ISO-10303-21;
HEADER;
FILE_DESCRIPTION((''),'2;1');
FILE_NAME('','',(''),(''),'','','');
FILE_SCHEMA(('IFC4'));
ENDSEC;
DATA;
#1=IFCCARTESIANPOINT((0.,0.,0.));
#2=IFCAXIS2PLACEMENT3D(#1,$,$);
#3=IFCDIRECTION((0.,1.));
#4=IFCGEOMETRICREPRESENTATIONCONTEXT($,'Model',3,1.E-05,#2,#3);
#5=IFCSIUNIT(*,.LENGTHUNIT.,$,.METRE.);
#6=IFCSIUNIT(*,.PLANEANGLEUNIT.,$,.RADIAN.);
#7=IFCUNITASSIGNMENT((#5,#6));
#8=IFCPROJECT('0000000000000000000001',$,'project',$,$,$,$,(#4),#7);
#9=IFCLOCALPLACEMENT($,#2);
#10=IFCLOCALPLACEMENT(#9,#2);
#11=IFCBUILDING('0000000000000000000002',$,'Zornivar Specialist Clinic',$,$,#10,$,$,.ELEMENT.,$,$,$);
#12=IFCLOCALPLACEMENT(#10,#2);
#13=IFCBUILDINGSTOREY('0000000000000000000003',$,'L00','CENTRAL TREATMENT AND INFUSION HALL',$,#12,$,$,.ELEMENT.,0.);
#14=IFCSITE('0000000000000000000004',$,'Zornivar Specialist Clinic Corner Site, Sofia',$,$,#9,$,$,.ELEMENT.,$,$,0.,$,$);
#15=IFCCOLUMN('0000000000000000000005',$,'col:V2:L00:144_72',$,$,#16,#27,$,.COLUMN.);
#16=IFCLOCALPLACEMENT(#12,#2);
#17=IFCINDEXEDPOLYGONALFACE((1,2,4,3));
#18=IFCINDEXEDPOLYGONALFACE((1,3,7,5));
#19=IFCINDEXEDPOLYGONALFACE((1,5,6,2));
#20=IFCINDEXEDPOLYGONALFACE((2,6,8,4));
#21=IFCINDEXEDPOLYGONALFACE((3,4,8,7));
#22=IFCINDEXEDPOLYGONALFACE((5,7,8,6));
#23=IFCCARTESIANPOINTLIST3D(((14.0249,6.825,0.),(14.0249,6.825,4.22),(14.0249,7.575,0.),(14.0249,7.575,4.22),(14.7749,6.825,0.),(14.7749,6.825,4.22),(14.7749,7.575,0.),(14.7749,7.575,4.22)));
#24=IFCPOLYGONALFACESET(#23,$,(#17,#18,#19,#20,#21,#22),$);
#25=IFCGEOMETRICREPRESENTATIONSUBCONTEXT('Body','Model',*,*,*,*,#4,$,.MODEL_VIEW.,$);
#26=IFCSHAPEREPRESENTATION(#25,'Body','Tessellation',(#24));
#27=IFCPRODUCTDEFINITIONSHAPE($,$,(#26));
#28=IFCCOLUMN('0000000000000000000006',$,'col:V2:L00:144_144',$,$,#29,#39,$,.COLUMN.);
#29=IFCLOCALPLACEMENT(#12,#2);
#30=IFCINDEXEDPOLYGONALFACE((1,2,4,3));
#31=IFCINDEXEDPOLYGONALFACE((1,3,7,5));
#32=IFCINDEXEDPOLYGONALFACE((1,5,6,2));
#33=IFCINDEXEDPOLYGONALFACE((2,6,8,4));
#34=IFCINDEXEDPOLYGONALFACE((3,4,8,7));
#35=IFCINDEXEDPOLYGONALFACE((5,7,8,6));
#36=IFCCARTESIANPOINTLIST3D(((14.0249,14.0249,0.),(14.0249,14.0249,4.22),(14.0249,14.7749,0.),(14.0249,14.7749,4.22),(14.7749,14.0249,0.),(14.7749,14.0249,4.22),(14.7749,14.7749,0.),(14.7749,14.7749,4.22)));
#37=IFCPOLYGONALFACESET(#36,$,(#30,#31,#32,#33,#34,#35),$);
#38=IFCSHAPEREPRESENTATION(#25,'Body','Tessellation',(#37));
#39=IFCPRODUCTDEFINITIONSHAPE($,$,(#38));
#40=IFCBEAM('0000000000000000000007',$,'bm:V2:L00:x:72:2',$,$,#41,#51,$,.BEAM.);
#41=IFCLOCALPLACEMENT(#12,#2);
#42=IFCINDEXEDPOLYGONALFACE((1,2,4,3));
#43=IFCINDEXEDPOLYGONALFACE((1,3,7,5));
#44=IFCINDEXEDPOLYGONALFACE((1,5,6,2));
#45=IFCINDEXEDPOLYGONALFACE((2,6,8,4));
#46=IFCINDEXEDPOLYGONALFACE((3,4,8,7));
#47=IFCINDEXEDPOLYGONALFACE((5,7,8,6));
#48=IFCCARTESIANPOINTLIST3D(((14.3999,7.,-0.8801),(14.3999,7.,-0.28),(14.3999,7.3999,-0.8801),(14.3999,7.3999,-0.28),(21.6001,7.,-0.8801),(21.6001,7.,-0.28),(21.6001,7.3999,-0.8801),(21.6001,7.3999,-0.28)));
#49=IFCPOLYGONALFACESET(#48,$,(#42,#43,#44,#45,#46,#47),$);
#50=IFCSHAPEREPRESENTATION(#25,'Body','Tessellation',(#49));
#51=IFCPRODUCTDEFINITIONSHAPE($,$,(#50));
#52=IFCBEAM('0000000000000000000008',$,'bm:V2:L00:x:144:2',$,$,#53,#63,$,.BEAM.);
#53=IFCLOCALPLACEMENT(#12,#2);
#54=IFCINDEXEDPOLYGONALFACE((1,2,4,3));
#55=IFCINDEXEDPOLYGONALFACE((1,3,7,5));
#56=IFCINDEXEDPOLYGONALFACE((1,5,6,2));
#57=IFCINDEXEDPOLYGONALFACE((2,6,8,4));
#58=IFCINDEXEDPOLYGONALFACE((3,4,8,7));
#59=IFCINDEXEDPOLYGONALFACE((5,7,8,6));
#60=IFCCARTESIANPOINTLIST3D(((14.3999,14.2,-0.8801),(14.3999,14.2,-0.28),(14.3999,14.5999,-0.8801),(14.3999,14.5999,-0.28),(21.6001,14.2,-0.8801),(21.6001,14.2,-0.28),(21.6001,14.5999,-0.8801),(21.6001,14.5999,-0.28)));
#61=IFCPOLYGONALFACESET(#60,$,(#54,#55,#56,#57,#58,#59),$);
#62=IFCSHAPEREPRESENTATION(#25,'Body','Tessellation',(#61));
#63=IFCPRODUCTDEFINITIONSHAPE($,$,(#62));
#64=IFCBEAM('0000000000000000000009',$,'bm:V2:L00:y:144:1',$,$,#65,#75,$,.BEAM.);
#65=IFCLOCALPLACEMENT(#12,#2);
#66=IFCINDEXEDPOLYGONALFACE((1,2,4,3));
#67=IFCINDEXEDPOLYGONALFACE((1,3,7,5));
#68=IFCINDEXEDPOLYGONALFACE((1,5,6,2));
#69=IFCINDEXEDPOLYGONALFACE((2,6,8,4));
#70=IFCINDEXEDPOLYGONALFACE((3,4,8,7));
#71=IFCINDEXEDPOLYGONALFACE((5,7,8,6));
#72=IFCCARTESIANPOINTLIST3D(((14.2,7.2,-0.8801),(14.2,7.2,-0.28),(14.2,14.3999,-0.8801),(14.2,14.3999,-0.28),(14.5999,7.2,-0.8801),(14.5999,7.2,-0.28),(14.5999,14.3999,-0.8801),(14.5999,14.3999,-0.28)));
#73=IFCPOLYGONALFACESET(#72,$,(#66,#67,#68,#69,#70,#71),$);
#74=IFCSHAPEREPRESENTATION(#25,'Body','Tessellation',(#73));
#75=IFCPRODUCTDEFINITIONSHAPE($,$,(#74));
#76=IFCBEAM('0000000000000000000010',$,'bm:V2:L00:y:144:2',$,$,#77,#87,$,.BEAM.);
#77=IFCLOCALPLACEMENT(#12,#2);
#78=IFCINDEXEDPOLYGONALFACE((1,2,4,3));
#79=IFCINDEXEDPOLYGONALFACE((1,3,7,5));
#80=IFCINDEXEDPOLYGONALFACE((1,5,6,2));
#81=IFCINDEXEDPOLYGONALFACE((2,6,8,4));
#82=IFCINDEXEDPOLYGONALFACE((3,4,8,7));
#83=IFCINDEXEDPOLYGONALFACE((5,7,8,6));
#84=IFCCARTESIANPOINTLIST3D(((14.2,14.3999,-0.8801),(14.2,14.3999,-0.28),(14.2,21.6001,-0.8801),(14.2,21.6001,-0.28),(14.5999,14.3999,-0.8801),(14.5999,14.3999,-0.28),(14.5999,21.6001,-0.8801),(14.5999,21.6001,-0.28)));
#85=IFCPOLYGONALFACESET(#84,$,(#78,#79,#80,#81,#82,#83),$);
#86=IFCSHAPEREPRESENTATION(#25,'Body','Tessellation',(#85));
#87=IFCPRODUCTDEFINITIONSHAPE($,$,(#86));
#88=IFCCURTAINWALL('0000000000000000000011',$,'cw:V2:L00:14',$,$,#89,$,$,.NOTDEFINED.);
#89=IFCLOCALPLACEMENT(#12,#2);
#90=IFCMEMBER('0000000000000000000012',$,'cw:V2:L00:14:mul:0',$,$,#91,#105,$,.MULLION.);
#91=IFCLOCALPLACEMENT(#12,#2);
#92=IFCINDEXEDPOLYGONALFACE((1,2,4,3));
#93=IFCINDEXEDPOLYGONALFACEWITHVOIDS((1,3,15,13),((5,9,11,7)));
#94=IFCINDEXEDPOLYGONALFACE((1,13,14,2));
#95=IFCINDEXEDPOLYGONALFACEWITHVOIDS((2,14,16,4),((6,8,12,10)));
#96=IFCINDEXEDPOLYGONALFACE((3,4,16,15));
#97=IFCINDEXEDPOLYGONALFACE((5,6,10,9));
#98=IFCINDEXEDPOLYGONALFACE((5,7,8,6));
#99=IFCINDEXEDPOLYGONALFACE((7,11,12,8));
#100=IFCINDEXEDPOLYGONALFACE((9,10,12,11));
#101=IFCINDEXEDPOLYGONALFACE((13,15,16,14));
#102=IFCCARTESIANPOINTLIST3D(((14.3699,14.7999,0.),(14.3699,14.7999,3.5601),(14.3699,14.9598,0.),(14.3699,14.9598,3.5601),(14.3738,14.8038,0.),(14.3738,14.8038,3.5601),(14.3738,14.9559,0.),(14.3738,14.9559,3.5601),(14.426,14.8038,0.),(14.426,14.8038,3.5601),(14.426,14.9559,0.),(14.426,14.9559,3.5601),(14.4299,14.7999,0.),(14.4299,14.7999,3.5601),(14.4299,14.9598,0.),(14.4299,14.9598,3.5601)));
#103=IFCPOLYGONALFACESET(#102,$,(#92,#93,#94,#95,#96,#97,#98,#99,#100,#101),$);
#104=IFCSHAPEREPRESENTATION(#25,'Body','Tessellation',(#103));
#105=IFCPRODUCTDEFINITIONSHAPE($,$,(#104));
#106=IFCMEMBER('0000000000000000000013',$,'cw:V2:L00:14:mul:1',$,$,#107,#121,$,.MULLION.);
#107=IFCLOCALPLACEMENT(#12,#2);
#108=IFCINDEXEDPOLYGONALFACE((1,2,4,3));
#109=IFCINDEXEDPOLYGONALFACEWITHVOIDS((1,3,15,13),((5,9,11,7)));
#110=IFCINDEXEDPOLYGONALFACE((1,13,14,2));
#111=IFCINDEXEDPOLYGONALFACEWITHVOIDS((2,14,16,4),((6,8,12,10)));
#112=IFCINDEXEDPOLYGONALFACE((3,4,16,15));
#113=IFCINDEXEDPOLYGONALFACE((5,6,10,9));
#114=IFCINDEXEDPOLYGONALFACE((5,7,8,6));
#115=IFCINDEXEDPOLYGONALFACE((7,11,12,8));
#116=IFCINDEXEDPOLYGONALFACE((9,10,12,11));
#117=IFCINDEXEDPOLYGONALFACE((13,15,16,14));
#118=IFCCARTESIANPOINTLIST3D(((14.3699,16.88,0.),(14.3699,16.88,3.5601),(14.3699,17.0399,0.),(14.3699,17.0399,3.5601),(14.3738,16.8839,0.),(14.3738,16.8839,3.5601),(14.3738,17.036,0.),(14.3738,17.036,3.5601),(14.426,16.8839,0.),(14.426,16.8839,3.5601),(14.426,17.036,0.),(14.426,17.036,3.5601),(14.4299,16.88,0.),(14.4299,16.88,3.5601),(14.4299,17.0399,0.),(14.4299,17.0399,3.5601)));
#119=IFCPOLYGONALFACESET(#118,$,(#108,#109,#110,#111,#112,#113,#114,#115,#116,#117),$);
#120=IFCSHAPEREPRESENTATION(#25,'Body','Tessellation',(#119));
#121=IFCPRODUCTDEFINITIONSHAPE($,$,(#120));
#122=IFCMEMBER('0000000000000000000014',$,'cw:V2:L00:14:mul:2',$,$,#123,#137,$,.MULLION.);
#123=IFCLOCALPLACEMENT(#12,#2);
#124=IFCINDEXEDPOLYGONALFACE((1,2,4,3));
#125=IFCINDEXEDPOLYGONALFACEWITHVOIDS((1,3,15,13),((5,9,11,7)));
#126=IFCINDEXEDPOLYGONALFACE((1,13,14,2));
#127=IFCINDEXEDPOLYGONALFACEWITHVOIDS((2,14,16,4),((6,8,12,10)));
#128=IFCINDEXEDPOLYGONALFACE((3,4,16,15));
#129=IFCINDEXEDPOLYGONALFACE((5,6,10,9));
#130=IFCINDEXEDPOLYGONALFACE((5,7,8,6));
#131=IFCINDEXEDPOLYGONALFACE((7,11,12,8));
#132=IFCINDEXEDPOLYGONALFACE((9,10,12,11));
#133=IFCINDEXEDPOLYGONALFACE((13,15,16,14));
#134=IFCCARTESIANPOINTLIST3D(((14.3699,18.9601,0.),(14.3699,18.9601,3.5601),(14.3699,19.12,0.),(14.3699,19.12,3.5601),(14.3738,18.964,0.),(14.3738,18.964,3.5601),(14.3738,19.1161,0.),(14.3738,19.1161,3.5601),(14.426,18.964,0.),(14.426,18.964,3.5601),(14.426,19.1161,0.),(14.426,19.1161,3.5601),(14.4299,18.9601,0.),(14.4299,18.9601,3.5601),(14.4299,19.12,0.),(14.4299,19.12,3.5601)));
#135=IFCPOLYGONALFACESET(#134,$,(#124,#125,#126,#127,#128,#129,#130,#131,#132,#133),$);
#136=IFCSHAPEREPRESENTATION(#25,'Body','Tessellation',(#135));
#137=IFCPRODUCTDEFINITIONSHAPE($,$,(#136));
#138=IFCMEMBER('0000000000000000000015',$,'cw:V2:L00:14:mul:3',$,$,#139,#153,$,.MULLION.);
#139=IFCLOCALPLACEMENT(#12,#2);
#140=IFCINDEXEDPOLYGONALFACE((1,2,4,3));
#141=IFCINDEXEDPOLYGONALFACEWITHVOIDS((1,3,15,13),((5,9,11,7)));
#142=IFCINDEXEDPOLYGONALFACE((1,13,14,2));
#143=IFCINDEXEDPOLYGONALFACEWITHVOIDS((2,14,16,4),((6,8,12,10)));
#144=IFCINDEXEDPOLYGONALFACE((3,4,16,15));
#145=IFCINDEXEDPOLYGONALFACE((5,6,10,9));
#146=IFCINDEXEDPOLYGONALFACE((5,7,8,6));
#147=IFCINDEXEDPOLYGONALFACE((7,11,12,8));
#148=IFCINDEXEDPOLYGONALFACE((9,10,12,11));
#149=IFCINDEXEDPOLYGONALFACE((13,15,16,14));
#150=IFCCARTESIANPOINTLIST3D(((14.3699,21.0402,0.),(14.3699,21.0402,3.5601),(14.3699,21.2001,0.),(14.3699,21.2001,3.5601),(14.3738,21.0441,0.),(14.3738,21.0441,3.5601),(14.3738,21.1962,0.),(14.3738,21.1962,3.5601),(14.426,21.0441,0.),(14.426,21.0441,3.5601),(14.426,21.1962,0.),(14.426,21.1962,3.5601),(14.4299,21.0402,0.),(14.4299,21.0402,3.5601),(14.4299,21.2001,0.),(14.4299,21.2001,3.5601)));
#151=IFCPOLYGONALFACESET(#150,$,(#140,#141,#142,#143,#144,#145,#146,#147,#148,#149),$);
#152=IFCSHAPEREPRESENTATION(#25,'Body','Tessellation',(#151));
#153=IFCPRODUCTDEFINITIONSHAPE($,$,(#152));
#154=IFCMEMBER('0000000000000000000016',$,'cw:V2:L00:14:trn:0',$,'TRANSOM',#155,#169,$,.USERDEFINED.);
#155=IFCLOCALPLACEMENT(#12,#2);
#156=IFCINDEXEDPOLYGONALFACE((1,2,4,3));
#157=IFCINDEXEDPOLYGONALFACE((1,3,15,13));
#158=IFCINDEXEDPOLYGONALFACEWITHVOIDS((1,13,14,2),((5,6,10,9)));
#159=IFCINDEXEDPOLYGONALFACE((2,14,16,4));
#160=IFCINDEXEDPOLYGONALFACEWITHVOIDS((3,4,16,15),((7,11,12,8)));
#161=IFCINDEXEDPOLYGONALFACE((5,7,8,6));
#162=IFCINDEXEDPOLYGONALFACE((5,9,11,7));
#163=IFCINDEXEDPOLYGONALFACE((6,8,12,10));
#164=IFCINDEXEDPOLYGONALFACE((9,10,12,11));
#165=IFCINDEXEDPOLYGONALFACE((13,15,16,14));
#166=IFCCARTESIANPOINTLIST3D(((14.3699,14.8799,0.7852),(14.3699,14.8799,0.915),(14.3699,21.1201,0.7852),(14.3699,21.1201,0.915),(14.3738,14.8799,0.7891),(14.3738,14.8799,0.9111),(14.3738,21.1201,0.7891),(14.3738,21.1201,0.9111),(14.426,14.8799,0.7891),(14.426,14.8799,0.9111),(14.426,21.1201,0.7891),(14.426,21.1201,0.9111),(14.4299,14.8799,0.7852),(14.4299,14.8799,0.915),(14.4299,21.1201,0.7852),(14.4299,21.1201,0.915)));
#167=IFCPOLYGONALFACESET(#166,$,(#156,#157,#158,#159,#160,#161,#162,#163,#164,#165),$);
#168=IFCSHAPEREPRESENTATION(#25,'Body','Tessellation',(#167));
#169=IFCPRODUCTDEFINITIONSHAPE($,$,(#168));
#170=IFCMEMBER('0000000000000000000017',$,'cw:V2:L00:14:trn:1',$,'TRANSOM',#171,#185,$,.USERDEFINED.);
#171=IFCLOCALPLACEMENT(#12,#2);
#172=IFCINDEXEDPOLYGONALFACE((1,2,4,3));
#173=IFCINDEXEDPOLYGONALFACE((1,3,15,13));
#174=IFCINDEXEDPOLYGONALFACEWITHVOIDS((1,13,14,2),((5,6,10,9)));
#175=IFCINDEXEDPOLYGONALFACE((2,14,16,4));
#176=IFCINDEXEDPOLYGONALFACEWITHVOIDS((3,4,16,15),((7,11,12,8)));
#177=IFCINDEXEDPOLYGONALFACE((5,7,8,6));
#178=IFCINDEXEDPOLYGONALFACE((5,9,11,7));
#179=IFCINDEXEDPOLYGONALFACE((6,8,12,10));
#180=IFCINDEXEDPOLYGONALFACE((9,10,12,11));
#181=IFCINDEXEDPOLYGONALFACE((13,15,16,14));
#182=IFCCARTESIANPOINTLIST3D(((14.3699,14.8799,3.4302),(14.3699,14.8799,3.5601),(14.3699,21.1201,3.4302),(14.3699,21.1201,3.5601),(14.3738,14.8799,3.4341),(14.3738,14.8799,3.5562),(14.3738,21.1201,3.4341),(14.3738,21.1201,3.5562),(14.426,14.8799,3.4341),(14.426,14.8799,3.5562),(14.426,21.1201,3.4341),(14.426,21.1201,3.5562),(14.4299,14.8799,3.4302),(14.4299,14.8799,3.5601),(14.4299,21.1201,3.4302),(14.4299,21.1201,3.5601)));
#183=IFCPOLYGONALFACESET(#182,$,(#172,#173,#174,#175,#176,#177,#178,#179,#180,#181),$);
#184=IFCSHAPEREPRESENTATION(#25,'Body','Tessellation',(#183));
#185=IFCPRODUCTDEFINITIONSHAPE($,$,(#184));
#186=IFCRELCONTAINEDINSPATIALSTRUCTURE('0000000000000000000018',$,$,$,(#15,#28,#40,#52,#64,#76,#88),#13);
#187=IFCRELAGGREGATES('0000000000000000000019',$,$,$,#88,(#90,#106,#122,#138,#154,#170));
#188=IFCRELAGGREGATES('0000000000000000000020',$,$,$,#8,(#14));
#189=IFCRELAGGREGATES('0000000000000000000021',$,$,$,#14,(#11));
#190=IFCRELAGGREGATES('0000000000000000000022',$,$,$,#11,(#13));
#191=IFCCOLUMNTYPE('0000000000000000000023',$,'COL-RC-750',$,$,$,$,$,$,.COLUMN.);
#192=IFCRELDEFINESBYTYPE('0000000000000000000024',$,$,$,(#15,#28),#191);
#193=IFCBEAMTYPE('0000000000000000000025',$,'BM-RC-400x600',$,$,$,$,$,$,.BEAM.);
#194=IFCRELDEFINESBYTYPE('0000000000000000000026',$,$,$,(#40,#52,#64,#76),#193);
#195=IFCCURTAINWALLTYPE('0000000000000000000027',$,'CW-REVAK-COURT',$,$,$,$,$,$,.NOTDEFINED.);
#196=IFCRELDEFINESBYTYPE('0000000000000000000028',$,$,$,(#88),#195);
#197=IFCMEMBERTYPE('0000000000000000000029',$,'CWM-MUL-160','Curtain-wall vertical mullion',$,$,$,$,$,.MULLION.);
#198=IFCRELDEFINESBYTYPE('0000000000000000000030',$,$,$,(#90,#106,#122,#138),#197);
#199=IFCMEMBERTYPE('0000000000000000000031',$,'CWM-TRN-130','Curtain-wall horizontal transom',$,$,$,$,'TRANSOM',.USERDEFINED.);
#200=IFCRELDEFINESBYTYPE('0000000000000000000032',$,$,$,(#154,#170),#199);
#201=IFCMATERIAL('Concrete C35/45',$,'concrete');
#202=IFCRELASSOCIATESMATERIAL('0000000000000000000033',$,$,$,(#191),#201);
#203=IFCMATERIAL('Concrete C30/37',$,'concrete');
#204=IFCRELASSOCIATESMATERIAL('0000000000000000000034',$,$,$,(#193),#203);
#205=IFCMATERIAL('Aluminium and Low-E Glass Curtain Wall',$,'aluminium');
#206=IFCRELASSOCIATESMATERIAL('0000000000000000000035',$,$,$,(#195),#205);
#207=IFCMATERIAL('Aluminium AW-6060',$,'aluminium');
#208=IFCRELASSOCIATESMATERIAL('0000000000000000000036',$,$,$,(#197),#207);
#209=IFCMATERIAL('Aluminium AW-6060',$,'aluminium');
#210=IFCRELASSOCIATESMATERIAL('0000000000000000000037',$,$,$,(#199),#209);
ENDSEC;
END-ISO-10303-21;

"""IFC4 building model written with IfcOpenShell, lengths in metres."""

from ifc_helpers import new_model, si_unit, direction, frame, origin, origin_2d, place, context, subcontext, project, spatial, rectangle, hollow_rectangle, extrude, material, material_profile, profile_set, type_object, element, aggregate, save


model = new_model("IFC4")

# Units and contexts
model_context = context("Model", 3, precision=1e-05, world=origin(), true_north=direction((0.0, 1.0)))
body_context = subcontext(model_context, "Body", "Model", "MODEL_VIEW")
ifc_project = project(units=[si_unit("LENGTHUNIT", "METRE"), si_unit("PLANEANGLEUNIT", "RADIAN")], contexts=[model_context])

# Site, building, storey
site_placement = place(None, origin())
site = spatial("IfcSite", under=ifc_project, at=site_placement, Name="Zornivar Specialist Clinic Corner Site, Sofia", CompositionType="ELEMENT", RefElevation=0.0)
building_placement = place(site_placement, origin())
building = spatial("IfcBuilding", under=site, at=building_placement, Name="Zornivar Specialist Clinic", CompositionType="ELEMENT")
storey_placement = place(building_placement, origin())
storey = spatial("IfcBuildingStorey", under=building, at=storey_placement, Name="L00", Description="CENTRAL TREATMENT AND INFUSION HALL", CompositionType="ELEMENT", Elevation=0.0)

# Columns
ifc_material_1 = material(Name="Concrete C35/45", Category="concrete")
ifc_material_profile_1 = material_profile(ifc_material_1, rectangle(XDim=0.75, YDim=0.75, at=origin_2d()), Name="RC 750x750")
ifc_profile_set_1 = profile_set([ifc_material_profile_1], Name="Concrete C35/45")
column_type = type_object("IfcColumnType", Name="COL-RC-750", PredefinedType="COLUMN", material=ifc_profile_set_1)
for number, where, z_axis, x_axis, name in (
    (1, (14.3999, 7.2, 0.0), (0.0, 0.0, 1.0), (1.0, 0.0, 0.0), "col:V2:L00:144_72"),
    (2, (14.3999, 14.3999, 0.0), (0.0, 0.0, 1.0), (1.0, 0.0, 0.0), "col:V2:L00:144_144"),
):
    element("IfcColumn", number, at=place(storey_placement, frame(where, z_axis=z_axis, x_axis=x_axis)), inside=storey, type_object=column_type, Name=name, PredefinedType="COLUMN", context=body_context, shape_type="SweptSolid", body=[
        extrude(rectangle(XDim=0.75, YDim=0.75, at=origin_2d()), origin(), (0.0, 0.0, 1.0), 4.22),
    ])

# Beams
ifc_material_2 = material(Name="Concrete C30/37", Category="concrete")
ifc_material_profile_2 = material_profile(ifc_material_2, rectangle(XDim=0.3999, YDim=0.6001, at=origin_2d()), Name="RC 400x600")
ifc_profile_set_2 = profile_set([ifc_material_profile_2], Name="Concrete C30/37")
beam_type = type_object("IfcBeamType", Name="BM-RC-400x600", PredefinedType="BEAM", material=ifc_profile_set_2)
for number, where, z_axis, x_axis, name in (
    (3, (14.3999, 7.2, -0.5801), (1.0, 0.0, 0.0), (0.0, 1.0, 0.0), "bm:V2:L00:x:72:2"),
    (4, (14.3999, 14.3999, -0.5801), (1.0, 0.0, 0.0), (0.0, 1.0, 0.0), "bm:V2:L00:x:144:2"),
):
    element("IfcBeam", number, at=place(storey_placement, frame(where, z_axis=z_axis, x_axis=x_axis)), inside=storey, type_object=beam_type, Name=name, PredefinedType="BEAM", context=body_context, shape_type="SweptSolid", body=[
        extrude(rectangle(XDim=0.3999, YDim=0.6001, at=origin_2d()), origin(), (0.0, 0.0, 1.0), 7.2002),
    ])
beam_1_placement = place(storey_placement, frame((14.3999, 7.2, -0.5801), z_axis=(0.0, 1.0, 0.0), x_axis=(-1.0, 0.0, 0.0)))
element("IfcBeam", 5, at=beam_1_placement, inside=storey, type_object=beam_type, Name="bm:V2:L00:y:144:1", PredefinedType="BEAM", context=body_context, shape_type="SweptSolid", body=[
    extrude(rectangle(XDim=0.3999, YDim=0.6001, at=origin_2d()), origin(), (0.0, 0.0, 1.0), 7.2),
])
beam_2_placement = place(storey_placement, frame((14.3999, 14.3999, -0.5801), z_axis=(0.0, 1.0, 0.0), x_axis=(-1.0, 0.0, 0.0)))
element("IfcBeam", 6, at=beam_2_placement, inside=storey, type_object=beam_type, Name="bm:V2:L00:y:144:2", PredefinedType="BEAM", context=body_context, shape_type="SweptSolid", body=[
    extrude(rectangle(XDim=0.3999, YDim=0.6001, at=origin_2d()), origin(), (0.0, 0.0, 1.0), 7.2002),
])

# Curtain wall, members
ifc_material_3 = material(Name="Aluminium and Low-E Glass Curtain Wall", Category="aluminium")
curtain_wall_type = type_object("IfcCurtainWallType", Name="CW-REVAK-COURT", PredefinedType="NOTDEFINED", material=ifc_material_3)
curtain_wall_placement = place(storey_placement, origin())
curtain_wall = element("IfcCurtainWall", 7, at=curtain_wall_placement, inside=storey, type_object=curtain_wall_type, Name="cw:V2:L00:14", PredefinedType="NOTDEFINED")
ifc_material_4 = material(Name="Aluminium AW-6060", Category="aluminium")
ifc_material_profile_3 = material_profile(ifc_material_4, hollow_rectangle(XDim=0.0601, YDim=0.1599, WallThickness=0.0039, at=origin_2d()), Name="ALU 60x160x4")
ifc_profile_set_3 = profile_set([ifc_material_profile_3], Name="Aluminium AW-6060")
member_type_1 = type_object("IfcMemberType", Name="CWM-MUL-160", Description="Curtain-wall vertical mullion", PredefinedType="MULLION", material=ifc_profile_set_3)
member_1_placement = place(storey_placement, frame((14.3999, 14.8799, 0.0), z_axis=(0.0, 0.0, 1.0), x_axis=(1.0, 0.0, 0.0)))
member_1 = element("IfcMember", 8, at=member_1_placement, type_object=member_type_1, Name="cw:V2:L00:14:mul:0", PredefinedType="MULLION", context=body_context, shape_type="SweptSolid", body=[
    extrude(hollow_rectangle(XDim=0.0601, YDim=0.1599, WallThickness=0.0039, at=origin_2d()), origin(), (0.0, 0.0, 1.0), 3.5601),
])
member_2_placement = place(storey_placement, frame((14.3999, 16.96, 0.0), z_axis=(0.0, 0.0, 1.0), x_axis=(1.0, 0.0, 0.0)))
member_2 = element("IfcMember", 9, at=member_2_placement, type_object=member_type_1, Name="cw:V2:L00:14:mul:1", PredefinedType="MULLION", context=body_context, shape_type="SweptSolid", body=[
    extrude(hollow_rectangle(XDim=0.0601, YDim=0.1599, WallThickness=0.0039, at=origin_2d()), origin(), (0.0, 0.0, 1.0), 3.5601),
])
member_3_placement = place(storey_placement, frame((14.3999, 19.04, 0.0), z_axis=(0.0, 0.0, 1.0), x_axis=(1.0, 0.0, 0.0)))
member_3 = element("IfcMember", 10, at=member_3_placement, type_object=member_type_1, Name="cw:V2:L00:14:mul:2", PredefinedType="MULLION", context=body_context, shape_type="SweptSolid", body=[
    extrude(hollow_rectangle(XDim=0.0601, YDim=0.1599, WallThickness=0.0039, at=origin_2d()), origin(), (0.0, 0.0, 1.0), 3.5601),
])
member_4_placement = place(storey_placement, frame((14.3999, 21.1201, 0.0), z_axis=(0.0, 0.0, 1.0), x_axis=(1.0, 0.0, 0.0)))
member_4 = element("IfcMember", 11, at=member_4_placement, type_object=member_type_1, Name="cw:V2:L00:14:mul:3", PredefinedType="MULLION", context=body_context, shape_type="SweptSolid", body=[
    extrude(hollow_rectangle(XDim=0.0601, YDim=0.1599, WallThickness=0.0039, at=origin_2d()), origin(), (0.0, 0.0, 1.0), 3.5601),
])
ifc_material_5 = material(Name="Aluminium AW-6060", Category="aluminium")
ifc_material_profile_4 = material_profile(ifc_material_5, hollow_rectangle(XDim=0.0601, YDim=0.1299, WallThickness=0.0039, at=origin_2d()), Name="ALU 60x130x4")
ifc_profile_set_4 = profile_set([ifc_material_profile_4], Name="Aluminium AW-6060")
member_type_2 = type_object("IfcMemberType", Name="CWM-TRN-130", Description="Curtain-wall horizontal transom", ElementType="TRANSOM", PredefinedType="USERDEFINED", material=ifc_profile_set_4)
member_5_placement = place(storey_placement, frame((14.3999, 14.8799, 0.8501), z_axis=(0.0, 1.0, 0.0), x_axis=(-1.0, 0.0, 0.0)))
member_5 = element("IfcMember", 12, at=member_5_placement, type_object=member_type_2, Name="cw:V2:L00:14:trn:0", ObjectType="TRANSOM", PredefinedType="USERDEFINED", context=body_context, shape_type="SweptSolid", body=[
    extrude(hollow_rectangle(XDim=0.0601, YDim=0.1299, WallThickness=0.0039, at=origin_2d()), origin(), (0.0, 0.0, 1.0), 6.2402),
])
member_6_placement = place(storey_placement, frame((14.3999, 14.8799, 3.4951), z_axis=(0.0, 1.0, 0.0), x_axis=(-1.0, 0.0, 0.0)))
member_6 = element("IfcMember", 13, at=member_6_placement, type_object=member_type_2, Name="cw:V2:L00:14:trn:1", ObjectType="TRANSOM", PredefinedType="USERDEFINED", context=body_context, shape_type="SweptSolid", body=[
    extrude(hollow_rectangle(XDim=0.0601, YDim=0.1299, WallThickness=0.0039, at=origin_2d()), origin(), (0.0, 0.0, 1.0), 6.2402),
])
aggregate(curtain_wall, [member_1, member_2, member_3, member_4, member_5, member_6])

save(model, "model.ifc")
